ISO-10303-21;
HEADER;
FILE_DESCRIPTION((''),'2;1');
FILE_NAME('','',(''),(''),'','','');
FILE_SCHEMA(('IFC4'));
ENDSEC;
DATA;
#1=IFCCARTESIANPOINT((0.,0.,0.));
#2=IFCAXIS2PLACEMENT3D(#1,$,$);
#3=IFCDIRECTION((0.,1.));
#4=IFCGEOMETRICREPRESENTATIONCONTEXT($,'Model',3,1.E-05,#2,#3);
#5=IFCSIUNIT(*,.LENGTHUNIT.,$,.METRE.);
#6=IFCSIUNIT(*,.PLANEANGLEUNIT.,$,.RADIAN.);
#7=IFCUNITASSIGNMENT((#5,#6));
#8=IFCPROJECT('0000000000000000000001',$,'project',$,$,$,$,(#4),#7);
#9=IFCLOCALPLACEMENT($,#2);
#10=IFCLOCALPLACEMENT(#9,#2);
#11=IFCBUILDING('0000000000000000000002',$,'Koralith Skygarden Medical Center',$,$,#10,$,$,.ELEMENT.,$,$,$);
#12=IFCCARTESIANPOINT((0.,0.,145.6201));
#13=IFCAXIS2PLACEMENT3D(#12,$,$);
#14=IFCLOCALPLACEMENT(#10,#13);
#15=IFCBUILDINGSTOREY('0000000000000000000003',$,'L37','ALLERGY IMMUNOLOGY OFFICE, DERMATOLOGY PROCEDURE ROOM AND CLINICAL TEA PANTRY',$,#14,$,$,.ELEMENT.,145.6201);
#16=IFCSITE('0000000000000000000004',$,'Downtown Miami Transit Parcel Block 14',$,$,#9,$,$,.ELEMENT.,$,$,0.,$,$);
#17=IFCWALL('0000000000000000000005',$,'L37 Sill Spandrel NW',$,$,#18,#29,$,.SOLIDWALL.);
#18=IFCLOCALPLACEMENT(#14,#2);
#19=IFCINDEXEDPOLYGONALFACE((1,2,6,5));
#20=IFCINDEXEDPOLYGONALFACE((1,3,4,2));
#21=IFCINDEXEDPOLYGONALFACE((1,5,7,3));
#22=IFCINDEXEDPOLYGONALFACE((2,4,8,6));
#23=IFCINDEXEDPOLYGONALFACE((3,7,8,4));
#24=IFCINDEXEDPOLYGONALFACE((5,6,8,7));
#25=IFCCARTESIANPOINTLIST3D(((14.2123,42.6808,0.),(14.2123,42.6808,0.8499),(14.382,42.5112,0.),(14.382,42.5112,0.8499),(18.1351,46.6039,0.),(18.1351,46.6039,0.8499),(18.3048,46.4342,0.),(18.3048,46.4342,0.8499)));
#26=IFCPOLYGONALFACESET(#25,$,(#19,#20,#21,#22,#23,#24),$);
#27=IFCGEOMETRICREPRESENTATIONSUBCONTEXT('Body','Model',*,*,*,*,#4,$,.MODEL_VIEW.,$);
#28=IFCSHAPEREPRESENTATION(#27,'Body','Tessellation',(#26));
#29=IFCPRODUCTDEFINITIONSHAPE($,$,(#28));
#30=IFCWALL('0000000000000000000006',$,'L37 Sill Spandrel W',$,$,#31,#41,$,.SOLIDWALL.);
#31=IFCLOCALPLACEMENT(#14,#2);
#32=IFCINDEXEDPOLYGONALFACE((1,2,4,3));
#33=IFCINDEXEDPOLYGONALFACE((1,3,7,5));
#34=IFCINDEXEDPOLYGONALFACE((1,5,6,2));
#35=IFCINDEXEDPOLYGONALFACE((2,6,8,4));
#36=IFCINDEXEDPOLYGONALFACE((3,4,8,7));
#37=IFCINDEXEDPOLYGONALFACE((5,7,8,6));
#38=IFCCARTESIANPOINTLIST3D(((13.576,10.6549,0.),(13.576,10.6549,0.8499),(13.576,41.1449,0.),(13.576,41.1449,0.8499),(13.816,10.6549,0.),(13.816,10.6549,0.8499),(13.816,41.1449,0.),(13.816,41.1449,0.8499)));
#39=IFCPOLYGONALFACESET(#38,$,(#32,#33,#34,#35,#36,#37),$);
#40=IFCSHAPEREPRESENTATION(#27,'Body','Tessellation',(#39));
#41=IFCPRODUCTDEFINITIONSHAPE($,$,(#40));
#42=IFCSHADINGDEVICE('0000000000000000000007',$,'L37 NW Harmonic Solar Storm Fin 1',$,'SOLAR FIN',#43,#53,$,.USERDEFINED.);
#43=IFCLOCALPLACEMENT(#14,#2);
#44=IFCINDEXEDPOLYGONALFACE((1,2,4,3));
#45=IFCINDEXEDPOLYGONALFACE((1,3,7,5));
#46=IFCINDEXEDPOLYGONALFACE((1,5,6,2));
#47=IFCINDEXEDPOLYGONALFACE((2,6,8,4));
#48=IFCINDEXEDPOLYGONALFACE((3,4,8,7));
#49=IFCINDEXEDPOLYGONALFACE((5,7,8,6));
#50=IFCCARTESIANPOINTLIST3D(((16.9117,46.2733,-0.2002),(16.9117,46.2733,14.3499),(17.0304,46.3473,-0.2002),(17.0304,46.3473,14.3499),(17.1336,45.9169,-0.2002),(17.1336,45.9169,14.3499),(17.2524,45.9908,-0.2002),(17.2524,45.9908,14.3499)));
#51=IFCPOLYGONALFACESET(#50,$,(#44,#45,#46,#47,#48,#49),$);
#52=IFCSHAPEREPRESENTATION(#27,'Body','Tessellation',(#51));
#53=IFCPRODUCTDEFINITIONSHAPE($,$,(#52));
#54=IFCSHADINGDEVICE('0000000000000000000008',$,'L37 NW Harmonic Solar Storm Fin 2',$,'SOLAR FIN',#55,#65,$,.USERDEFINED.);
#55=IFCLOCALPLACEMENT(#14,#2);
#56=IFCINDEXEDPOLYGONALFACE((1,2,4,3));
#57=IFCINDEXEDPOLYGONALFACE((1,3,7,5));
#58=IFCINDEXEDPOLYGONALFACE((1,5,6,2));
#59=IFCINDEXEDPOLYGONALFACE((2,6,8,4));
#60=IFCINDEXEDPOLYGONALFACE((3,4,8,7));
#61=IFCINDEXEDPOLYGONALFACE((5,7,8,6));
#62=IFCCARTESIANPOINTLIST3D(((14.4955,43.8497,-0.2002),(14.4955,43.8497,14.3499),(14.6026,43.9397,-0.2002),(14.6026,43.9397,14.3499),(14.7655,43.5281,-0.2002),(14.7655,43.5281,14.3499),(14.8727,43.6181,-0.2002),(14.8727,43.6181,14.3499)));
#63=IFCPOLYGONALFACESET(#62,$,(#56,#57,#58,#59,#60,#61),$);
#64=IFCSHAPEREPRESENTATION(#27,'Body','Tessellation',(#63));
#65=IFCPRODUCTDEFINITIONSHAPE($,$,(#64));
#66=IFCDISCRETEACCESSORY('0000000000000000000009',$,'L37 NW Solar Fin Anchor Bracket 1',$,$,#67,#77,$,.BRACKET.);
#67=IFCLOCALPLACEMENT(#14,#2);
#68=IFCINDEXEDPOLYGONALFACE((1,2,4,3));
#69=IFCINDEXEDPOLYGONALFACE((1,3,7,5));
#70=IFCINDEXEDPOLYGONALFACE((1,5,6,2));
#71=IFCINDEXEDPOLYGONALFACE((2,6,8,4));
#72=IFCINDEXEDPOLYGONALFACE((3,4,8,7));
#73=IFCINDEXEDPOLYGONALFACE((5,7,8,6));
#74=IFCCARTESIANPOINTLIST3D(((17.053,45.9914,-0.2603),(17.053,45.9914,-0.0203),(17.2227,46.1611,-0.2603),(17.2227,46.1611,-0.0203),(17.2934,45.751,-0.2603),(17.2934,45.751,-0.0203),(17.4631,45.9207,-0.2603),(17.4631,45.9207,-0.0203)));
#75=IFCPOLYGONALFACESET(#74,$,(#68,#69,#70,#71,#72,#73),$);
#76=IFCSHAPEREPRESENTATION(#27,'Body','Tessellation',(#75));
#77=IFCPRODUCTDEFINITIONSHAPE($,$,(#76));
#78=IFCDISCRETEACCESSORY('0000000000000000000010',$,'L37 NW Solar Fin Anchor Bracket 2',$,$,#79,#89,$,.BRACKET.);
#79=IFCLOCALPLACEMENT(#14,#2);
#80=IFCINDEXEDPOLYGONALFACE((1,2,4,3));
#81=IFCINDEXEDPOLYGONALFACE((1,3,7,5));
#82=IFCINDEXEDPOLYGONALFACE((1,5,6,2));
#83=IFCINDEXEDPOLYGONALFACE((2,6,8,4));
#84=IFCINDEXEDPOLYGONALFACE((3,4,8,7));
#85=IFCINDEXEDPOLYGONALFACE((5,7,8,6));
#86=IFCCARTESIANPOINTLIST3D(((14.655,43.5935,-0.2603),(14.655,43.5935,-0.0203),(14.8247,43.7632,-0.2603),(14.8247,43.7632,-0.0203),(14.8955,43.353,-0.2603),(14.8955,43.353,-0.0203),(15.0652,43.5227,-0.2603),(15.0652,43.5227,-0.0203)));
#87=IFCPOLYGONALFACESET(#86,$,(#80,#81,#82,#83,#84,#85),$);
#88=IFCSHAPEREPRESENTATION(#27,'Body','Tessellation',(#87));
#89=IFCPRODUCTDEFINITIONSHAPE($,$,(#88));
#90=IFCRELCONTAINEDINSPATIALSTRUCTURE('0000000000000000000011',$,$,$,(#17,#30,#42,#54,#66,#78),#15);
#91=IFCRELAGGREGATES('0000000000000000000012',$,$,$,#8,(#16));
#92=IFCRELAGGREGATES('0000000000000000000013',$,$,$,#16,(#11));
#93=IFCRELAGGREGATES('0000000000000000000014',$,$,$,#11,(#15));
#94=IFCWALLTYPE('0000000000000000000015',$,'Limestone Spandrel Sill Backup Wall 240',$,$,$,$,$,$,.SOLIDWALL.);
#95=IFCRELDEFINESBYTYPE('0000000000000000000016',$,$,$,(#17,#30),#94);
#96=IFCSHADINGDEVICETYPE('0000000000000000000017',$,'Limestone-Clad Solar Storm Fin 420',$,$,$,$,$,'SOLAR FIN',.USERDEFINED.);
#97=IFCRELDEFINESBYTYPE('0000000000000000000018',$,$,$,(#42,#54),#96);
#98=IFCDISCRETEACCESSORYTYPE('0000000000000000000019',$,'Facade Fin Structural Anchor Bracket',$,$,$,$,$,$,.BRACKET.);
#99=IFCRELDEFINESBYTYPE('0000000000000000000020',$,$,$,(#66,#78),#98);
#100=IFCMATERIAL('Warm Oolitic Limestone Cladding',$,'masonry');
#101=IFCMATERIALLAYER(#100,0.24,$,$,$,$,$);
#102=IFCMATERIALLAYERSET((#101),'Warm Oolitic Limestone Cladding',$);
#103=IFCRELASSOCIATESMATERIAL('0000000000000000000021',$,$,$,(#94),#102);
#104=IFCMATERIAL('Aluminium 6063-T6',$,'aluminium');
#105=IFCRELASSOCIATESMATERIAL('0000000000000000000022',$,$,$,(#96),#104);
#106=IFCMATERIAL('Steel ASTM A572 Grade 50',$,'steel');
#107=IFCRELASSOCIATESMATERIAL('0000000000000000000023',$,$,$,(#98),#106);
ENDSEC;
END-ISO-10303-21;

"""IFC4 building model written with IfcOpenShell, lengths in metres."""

from ifc_helpers import new_model, si_unit, direction, frame, frame_2d, origin, origin_2d, place, context, subcontext, project, spatial, rectangle, extrude, material, layer, layer_set, type_object, element, save


model = new_model("IFC4")

# Units and contexts
model_context = context("Model", 3, precision=1e-05, world=origin(), true_north=direction((0.0, 1.0)))
body_context = subcontext(model_context, "Body", "Model", "MODEL_VIEW")
ifc_project = project(units=[si_unit("LENGTHUNIT", "METRE"), si_unit("PLANEANGLEUNIT", "RADIAN")], contexts=[model_context])

# Site, building, storey
site_placement = place(None, origin())
site = spatial("IfcSite", under=ifc_project, at=site_placement, Name="Downtown Miami Transit Parcel Block 14", CompositionType="ELEMENT", RefElevation=0.0)
building_placement = place(site_placement, origin())
building = spatial("IfcBuilding", under=site, at=building_placement, Name="Koralith Skygarden Medical Center", CompositionType="ELEMENT")
storey_placement = place(building_placement, frame((0.0, 0.0, 145.6201)))
storey = spatial("IfcBuildingStorey", under=building, at=storey_placement, Name="L37", Description="ALLERGY IMMUNOLOGY OFFICE, DERMATOLOGY PROCEDURE ROOM AND CLINICAL TEA PANTRY", CompositionType="ELEMENT", Elevation=145.6201)

# Shared definitions
ifc_material_1 = material(Name="Aluminium 6063-T6", Category="aluminium")

# Shared definitions
ifc_material_2 = material(Name="Warm Oolitic Limestone Cladding", Category="masonry")

# Walls
ifc_layer_1 = layer(ifc_material_2, 0.24)
ifc_layer_set_1 = layer_set([ifc_layer_1], Name="Warm Oolitic Limestone Cladding")
wall_type = type_object("IfcWallType", Name="Limestone Spandrel Sill Backup Wall 240", PredefinedType="SOLIDWALL", material=ifc_layer_set_1)
wall_1_placement = place(storey_placement, frame((18.22, 46.519, 0.0), z_axis=(0.0, 0.0, 1.0), x_axis=(-0.707085, -0.707129, 0.0)))
element("IfcWall", 1, at=wall_1_placement, inside=storey, type_object=wall_type, Name="L37 Sill Spandrel NW", PredefinedType="SOLIDWALL", context=body_context, shape_type="SweptSolid", body=[
    extrude(rectangle(XDim=5.5479, YDim=0.24, at=frame_2d((2.7739, 0.0))), origin(), (0.0, 0.0, 1.0), 0.8499),
])
wall_2_placement = place(storey_placement, frame((13.696, 41.145, 0.0), z_axis=(0.0, 0.0, 1.0), x_axis=(0.0, -1.0, 0.0)))
element("IfcWall", 2, at=wall_2_placement, inside=storey, type_object=wall_type, Name="L37 Sill Spandrel W", PredefinedType="SOLIDWALL", context=body_context, shape_type="SweptSolid", body=[
    extrude(rectangle(XDim=30.49, YDim=0.24, at=frame_2d((15.2451, 0.0))), origin(), (0.0, 0.0, 1.0), 0.8499),
])

# Shading devices
shading_device_type = type_object("IfcShadingDeviceType", Name="Limestone-Clad Solar Storm Fin 420", ElementType="SOLAR FIN", PredefinedType="USERDEFINED", material=ifc_material_1)
for number, where, z_axis, x_axis, name in (
    (3, (17.082, 46.1321, -0.2002), (0.0, 0.0, 1.0), (-0.528601, 0.84887, 0.0), "L37 NW Harmonic Solar Storm Fin 1"),
    (4, (14.6841, 43.7339, -0.2002), (0.0, 0.0, 1.0), (-0.643095, 0.765786, 0.0), "L37 NW Harmonic Solar Storm Fin 2"),
):
    element("IfcShadingDevice", number, at=place(storey_placement, frame(where, z_axis=z_axis, x_axis=x_axis)), inside=storey, type_object=shading_device_type, Name=name, ObjectType="SOLAR FIN", PredefinedType="USERDEFINED", context=body_context, shape_type="SweptSolid", body=[
        extrude(rectangle(XDim=0.4199, YDim=0.1399, at=origin_2d()), origin(), (0.0, 0.0, 1.0), 14.55),
    ])

# Discrete accessories
ifc_material_3 = material(Name="Steel ASTM A572 Grade 50", Category="steel")
discrete_accessory_type = type_object("IfcDiscreteAccessoryType", Name="Facade Fin Structural Anchor Bracket", PredefinedType="BRACKET", material=ifc_material_3)
for number, where, z_axis, x_axis, name in (
    (5, (17.2581, 45.9561, -0.2603), (0.0, 0.0, 1.0), (-0.707107, 0.707107, 0.0), "L37 NW Solar Fin Anchor Bracket 1"),
    (6, (14.8601, 43.5581, -0.2603), (0.0, 0.0, 1.0), (-0.707107, 0.707107, 0.0), "L37 NW Solar Fin Anchor Bracket 2"),
):
    element("IfcDiscreteAccessory", number, at=place(storey_placement, frame(where, z_axis=z_axis, x_axis=x_axis)), inside=storey, type_object=discrete_accessory_type, Name=name, PredefinedType="BRACKET", context=body_context, shape_type="SweptSolid", body=[
        extrude(rectangle(XDim=0.3401, YDim=0.24, at=origin_2d()), origin(), (0.0, 0.0, 1.0), 0.24),
    ])

save(model, "model.ifc")
